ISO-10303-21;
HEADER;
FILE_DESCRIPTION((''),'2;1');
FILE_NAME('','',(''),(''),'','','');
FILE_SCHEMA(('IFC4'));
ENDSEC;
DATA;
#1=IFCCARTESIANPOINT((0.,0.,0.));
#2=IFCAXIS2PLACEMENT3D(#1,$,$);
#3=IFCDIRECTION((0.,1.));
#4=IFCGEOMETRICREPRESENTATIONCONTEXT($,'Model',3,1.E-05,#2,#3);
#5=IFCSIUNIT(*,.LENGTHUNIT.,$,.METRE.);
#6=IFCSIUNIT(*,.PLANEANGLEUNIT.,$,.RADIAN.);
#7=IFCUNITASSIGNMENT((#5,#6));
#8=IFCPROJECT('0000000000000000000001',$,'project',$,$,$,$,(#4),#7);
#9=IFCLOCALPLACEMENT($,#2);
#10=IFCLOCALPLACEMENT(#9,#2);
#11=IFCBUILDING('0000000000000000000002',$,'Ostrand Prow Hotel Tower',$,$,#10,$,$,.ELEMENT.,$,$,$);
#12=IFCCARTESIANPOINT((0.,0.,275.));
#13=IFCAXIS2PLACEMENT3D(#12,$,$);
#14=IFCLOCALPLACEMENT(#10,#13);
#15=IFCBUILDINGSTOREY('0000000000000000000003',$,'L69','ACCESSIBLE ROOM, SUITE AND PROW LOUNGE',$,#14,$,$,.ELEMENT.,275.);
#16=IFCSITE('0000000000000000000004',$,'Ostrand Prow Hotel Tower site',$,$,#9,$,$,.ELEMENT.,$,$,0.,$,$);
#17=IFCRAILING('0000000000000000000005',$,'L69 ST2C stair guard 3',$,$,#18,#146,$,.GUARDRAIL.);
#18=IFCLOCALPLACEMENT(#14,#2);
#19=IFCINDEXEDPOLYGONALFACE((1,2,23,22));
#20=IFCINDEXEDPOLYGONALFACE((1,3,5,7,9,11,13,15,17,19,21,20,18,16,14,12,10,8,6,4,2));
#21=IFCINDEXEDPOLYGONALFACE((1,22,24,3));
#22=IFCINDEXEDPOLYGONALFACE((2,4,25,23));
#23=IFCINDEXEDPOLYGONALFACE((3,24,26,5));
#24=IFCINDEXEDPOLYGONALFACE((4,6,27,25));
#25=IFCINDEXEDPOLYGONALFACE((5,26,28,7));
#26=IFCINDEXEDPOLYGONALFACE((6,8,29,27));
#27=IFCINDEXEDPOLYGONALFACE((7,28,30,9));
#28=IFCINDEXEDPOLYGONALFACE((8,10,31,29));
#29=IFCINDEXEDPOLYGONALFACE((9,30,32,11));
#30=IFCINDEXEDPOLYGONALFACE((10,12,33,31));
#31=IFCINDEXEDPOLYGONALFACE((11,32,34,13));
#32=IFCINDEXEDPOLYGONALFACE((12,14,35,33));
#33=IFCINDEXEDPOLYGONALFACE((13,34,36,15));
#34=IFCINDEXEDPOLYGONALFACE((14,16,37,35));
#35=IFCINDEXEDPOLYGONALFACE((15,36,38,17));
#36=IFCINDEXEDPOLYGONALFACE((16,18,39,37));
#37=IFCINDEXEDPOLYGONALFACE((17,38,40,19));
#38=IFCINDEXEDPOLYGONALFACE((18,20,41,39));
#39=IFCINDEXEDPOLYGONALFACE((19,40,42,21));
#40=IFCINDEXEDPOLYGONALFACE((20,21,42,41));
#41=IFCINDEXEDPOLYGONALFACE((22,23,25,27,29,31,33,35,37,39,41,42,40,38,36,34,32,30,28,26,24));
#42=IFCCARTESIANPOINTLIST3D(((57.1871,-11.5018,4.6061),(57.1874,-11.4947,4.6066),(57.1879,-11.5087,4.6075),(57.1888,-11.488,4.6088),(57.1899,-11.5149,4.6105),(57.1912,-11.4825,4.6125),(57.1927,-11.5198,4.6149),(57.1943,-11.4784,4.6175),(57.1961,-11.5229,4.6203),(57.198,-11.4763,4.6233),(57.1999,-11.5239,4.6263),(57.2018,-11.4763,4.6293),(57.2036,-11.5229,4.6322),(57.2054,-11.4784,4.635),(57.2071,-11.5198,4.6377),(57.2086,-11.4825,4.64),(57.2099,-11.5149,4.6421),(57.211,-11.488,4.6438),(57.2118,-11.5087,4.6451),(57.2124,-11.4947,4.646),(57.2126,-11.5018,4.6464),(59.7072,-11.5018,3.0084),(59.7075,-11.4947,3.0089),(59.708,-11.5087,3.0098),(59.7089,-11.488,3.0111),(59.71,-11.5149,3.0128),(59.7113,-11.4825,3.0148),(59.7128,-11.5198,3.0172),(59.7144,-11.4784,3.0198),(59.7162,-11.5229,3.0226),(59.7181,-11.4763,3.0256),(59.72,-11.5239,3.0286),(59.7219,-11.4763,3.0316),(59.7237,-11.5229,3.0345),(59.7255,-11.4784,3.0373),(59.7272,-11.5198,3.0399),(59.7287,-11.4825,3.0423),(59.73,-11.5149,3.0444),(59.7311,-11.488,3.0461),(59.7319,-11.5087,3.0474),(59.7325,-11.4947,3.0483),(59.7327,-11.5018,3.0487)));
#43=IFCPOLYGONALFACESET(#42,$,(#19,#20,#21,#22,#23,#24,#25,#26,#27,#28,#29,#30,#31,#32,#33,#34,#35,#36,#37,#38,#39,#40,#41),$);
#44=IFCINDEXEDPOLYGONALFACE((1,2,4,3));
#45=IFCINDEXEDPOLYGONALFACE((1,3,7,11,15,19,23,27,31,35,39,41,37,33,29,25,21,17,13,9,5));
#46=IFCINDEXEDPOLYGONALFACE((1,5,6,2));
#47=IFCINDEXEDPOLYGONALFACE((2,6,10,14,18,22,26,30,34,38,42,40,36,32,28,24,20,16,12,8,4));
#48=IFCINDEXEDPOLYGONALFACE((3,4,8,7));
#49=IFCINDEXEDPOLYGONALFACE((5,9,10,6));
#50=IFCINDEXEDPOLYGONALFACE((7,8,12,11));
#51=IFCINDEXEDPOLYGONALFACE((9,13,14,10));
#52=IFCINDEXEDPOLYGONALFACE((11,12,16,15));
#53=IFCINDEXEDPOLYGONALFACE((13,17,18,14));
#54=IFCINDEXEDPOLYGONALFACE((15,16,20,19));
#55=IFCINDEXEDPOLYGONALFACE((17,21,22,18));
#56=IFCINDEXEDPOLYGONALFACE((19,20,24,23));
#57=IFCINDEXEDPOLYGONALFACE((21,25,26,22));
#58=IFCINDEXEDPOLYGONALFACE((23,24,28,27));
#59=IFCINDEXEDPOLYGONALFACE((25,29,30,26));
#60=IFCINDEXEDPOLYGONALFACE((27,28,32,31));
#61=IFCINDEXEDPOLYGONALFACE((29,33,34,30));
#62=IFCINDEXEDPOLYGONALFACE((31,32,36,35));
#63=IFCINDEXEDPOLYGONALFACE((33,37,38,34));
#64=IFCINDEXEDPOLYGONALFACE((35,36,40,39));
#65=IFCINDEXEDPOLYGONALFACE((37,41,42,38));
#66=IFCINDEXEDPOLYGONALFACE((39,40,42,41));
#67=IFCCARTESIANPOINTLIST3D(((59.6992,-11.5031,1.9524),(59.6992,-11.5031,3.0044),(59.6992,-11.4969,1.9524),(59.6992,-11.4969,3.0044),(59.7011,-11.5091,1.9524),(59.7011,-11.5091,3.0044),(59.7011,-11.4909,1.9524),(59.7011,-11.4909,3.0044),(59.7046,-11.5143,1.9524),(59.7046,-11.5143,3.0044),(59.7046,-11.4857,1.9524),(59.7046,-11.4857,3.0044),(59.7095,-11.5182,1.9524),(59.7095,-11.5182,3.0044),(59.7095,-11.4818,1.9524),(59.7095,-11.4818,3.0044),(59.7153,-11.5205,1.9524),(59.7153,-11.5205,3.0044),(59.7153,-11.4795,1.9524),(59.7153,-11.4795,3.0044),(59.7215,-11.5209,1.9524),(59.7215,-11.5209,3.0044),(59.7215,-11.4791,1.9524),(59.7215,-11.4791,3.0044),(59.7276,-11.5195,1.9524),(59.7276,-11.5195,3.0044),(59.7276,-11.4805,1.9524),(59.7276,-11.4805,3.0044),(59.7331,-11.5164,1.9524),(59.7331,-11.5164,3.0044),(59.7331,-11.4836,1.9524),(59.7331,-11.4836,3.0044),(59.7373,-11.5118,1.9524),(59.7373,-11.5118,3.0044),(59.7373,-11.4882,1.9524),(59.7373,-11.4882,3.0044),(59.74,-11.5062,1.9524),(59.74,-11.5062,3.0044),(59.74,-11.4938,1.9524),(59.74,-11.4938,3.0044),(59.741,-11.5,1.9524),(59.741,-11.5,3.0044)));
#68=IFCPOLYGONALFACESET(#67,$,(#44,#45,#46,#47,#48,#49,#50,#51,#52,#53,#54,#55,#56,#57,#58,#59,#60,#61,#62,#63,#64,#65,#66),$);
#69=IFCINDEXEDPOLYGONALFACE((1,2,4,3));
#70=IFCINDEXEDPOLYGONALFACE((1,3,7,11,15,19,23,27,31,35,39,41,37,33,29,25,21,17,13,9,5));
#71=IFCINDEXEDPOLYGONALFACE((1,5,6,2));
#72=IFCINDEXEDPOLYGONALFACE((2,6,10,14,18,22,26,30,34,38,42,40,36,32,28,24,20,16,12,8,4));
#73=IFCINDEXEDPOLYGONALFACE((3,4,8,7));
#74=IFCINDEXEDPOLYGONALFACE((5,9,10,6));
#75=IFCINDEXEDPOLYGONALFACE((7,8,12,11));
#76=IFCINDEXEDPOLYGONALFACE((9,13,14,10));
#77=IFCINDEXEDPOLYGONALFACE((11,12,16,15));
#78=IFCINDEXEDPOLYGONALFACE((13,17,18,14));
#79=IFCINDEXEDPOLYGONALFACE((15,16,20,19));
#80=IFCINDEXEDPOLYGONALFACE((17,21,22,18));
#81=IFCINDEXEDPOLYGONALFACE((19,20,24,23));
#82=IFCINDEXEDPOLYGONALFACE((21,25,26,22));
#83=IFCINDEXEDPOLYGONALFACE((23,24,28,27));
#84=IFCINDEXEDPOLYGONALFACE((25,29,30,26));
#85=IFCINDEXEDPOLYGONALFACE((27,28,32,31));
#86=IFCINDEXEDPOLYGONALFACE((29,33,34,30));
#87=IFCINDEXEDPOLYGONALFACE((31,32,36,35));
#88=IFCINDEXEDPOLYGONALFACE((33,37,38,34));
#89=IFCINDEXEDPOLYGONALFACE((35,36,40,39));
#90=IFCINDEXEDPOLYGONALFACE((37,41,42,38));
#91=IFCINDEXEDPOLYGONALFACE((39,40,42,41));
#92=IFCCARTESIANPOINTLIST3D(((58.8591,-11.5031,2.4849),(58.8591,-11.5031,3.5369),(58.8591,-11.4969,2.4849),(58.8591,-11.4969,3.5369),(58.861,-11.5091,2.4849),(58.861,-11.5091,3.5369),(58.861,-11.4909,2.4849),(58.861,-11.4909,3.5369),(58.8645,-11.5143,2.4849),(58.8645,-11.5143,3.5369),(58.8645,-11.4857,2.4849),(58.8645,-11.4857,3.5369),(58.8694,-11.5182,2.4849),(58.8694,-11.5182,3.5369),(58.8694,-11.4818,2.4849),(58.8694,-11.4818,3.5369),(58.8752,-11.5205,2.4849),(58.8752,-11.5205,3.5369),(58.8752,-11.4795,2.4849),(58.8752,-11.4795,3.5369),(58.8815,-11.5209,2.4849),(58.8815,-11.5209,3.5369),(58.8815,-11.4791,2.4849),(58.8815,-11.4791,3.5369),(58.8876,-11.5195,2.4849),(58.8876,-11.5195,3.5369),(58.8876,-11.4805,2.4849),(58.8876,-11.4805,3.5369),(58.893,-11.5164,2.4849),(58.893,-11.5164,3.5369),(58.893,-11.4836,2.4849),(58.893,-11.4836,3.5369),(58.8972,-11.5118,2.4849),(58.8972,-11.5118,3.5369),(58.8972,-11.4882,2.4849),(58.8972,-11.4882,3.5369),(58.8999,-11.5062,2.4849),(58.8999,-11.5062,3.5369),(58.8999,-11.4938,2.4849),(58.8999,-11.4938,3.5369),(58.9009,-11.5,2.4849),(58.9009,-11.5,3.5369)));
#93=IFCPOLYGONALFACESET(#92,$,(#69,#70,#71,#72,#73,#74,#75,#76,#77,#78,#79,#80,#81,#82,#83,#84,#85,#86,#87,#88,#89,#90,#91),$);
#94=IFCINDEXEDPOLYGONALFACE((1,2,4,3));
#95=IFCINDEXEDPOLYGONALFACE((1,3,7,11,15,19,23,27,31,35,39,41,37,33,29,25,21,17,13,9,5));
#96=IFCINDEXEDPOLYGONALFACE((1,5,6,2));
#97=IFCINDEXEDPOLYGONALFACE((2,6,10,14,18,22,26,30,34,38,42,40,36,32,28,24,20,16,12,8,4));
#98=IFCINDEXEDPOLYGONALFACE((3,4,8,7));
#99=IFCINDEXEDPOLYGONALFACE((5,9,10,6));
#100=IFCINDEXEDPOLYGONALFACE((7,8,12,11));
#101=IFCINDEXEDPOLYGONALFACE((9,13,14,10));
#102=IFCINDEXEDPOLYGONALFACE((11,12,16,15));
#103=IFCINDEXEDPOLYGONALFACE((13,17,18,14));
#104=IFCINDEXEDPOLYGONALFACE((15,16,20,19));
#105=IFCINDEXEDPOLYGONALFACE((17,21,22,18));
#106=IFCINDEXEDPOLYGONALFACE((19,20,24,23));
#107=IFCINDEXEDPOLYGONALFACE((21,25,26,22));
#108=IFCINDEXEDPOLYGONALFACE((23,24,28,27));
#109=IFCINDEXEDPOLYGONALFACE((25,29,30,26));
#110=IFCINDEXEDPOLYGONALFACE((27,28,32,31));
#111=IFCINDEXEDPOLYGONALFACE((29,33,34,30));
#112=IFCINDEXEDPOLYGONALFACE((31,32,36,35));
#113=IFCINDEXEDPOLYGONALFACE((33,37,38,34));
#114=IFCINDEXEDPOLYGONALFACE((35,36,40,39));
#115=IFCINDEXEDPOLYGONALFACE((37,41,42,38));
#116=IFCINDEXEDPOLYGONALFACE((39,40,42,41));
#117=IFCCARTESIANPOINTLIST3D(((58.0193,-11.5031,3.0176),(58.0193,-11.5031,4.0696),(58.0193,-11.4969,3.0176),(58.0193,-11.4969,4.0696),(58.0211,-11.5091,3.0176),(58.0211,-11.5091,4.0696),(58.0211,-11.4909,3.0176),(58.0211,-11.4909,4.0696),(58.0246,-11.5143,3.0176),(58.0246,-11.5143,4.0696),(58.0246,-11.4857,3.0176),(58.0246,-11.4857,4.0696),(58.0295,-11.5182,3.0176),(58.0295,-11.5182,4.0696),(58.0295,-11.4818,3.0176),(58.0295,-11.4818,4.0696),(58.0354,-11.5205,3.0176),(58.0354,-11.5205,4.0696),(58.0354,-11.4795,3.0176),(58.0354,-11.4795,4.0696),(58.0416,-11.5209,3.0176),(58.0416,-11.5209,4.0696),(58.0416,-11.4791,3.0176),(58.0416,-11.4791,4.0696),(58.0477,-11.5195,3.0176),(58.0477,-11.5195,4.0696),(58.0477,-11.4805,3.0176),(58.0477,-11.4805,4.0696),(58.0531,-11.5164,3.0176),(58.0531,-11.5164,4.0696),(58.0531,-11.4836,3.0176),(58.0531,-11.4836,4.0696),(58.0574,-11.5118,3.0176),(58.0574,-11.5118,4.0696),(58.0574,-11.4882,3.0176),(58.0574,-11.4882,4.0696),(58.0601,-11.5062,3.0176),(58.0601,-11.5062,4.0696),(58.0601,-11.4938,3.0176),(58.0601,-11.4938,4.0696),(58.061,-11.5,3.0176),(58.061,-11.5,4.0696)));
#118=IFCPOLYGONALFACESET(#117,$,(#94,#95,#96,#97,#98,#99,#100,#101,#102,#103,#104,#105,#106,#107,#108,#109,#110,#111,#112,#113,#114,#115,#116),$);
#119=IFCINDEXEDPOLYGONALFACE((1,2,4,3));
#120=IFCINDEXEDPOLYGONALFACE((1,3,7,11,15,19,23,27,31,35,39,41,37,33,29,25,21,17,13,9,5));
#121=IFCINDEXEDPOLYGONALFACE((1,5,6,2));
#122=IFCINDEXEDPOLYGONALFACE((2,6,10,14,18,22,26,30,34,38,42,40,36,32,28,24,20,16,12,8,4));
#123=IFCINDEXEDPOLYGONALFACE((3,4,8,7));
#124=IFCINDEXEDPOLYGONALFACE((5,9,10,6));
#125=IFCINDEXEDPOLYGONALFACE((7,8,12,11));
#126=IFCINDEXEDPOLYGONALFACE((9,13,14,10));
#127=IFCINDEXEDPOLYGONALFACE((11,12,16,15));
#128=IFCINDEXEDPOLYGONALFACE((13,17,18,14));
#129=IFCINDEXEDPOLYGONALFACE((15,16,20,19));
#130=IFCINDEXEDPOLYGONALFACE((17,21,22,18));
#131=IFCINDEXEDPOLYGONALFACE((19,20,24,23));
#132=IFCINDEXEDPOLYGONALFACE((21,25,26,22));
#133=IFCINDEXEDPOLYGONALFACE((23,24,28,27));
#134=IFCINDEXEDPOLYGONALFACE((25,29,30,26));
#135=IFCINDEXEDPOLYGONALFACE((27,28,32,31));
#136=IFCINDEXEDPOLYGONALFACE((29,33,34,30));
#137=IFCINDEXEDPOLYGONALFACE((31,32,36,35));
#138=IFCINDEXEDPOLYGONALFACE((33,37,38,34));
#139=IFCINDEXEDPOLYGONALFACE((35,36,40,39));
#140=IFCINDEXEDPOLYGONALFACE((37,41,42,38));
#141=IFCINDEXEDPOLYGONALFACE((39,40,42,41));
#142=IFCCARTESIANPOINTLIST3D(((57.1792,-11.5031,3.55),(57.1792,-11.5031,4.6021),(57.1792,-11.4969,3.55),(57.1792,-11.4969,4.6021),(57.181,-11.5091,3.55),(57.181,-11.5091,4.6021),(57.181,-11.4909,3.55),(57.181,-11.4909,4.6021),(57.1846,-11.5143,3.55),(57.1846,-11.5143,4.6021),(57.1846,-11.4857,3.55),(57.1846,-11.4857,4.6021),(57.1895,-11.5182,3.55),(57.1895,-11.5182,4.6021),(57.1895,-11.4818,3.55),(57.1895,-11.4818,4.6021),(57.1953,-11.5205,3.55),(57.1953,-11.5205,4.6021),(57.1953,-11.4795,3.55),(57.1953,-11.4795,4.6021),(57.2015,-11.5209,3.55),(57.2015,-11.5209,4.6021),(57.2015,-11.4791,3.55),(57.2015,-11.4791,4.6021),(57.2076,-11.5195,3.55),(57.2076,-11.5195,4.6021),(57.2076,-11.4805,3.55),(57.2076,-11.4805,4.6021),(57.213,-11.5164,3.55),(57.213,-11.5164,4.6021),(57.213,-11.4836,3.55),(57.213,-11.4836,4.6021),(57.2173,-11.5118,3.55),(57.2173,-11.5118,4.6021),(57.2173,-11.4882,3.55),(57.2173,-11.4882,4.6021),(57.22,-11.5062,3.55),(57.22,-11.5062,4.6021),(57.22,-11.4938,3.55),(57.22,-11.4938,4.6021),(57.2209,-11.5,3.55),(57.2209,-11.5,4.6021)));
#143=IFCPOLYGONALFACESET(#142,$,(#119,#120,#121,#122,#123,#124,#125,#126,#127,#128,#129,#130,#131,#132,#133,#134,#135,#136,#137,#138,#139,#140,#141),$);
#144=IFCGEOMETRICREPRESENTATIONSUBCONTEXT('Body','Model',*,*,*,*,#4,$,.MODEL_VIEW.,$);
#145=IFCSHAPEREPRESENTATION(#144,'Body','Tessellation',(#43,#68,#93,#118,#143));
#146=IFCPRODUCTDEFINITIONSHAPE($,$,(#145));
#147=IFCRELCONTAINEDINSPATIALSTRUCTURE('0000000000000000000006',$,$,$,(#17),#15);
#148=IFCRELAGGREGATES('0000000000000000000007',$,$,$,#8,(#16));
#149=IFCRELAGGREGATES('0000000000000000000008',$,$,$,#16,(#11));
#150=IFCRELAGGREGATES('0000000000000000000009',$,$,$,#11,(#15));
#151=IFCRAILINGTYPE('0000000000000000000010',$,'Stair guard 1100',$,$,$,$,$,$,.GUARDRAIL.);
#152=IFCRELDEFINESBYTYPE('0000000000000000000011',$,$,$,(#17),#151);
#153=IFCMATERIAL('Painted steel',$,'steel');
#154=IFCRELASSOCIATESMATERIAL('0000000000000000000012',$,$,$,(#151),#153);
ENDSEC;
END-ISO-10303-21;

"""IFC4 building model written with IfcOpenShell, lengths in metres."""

from ifc_helpers import new_model, si_unit, direction, frame, origin, origin_2d, place, context, subcontext, project, spatial, circle, extrude, material, type_object, element, save


model = new_model("IFC4")

# Units and contexts
model_context = context("Model", 3, precision=1e-05, world=origin(), true_north=direction((0.0, 1.0)))
body_context = subcontext(model_context, "Body", "Model", "MODEL_VIEW")
ifc_project = project(units=[si_unit("LENGTHUNIT", "METRE"), si_unit("PLANEANGLEUNIT", "RADIAN")], contexts=[model_context])

# Site, building, storey
site_placement = place(None, origin())
site = spatial("IfcSite", under=ifc_project, at=site_placement, Name="Ostrand Prow Hotel Tower site", CompositionType="ELEMENT", RefElevation=0.0)
building_placement = place(site_placement, origin())
building = spatial("IfcBuilding", under=site, at=building_placement, Name="Ostrand Prow Hotel Tower", CompositionType="ELEMENT")
storey_placement = place(building_placement, frame((0.0, 0.0, 275.0)))
storey = spatial("IfcBuildingStorey", under=building, at=storey_placement, Name="L69", Description="ACCESSIBLE ROOM, SUITE AND PROW LOUNGE", CompositionType="ELEMENT", Elevation=275.0)

# Railing
ifc_material_1 = material(Name="Painted steel", Category="steel")
railing_type_1 = type_object("IfcRailingType", Name="Stair guard 1100", PredefinedType="GUARDRAIL", material=ifc_material_1)
railing_1_placement = place(storey_placement, frame((59.72, -11.5, 1.9524)))
element("IfcRailing", 1, at=railing_1_placement, inside=storey, type_object=railing_type_1, Name="L69 ST2C stair guard 3", PredefinedType="GUARDRAIL", context=body_context, shape_type="SweptSolid", body=[
    extrude(circle(Radius=0.0239, at=origin_2d()), frame((0.0, 0.0, 1.0762), z_axis=(-0.84457, 0.0, 0.535445), x_axis=(0.0, -1.0, 0.0)), (0.0, 0.0, 1.0), 2.9839),
    extrude(circle(Radius=0.021, at=origin_2d()), origin(), (0.0, 0.0, 1.0), 1.052),
    extrude(circle(Radius=0.021, at=origin_2d()), frame((-0.8401, 0.0, 0.5325)), (0.0, 0.0, 1.0), 1.052),
    extrude(circle(Radius=0.021, at=origin_2d()), frame((-1.6799, 0.0, 1.0652)), (0.0, 0.0, 1.0), 1.052),
    extrude(circle(Radius=0.021, at=origin_2d()), frame((-2.52, 0.0, 1.5977)), (0.0, 0.0, 1.0), 1.052),
])

save(model, "model.ifc")
